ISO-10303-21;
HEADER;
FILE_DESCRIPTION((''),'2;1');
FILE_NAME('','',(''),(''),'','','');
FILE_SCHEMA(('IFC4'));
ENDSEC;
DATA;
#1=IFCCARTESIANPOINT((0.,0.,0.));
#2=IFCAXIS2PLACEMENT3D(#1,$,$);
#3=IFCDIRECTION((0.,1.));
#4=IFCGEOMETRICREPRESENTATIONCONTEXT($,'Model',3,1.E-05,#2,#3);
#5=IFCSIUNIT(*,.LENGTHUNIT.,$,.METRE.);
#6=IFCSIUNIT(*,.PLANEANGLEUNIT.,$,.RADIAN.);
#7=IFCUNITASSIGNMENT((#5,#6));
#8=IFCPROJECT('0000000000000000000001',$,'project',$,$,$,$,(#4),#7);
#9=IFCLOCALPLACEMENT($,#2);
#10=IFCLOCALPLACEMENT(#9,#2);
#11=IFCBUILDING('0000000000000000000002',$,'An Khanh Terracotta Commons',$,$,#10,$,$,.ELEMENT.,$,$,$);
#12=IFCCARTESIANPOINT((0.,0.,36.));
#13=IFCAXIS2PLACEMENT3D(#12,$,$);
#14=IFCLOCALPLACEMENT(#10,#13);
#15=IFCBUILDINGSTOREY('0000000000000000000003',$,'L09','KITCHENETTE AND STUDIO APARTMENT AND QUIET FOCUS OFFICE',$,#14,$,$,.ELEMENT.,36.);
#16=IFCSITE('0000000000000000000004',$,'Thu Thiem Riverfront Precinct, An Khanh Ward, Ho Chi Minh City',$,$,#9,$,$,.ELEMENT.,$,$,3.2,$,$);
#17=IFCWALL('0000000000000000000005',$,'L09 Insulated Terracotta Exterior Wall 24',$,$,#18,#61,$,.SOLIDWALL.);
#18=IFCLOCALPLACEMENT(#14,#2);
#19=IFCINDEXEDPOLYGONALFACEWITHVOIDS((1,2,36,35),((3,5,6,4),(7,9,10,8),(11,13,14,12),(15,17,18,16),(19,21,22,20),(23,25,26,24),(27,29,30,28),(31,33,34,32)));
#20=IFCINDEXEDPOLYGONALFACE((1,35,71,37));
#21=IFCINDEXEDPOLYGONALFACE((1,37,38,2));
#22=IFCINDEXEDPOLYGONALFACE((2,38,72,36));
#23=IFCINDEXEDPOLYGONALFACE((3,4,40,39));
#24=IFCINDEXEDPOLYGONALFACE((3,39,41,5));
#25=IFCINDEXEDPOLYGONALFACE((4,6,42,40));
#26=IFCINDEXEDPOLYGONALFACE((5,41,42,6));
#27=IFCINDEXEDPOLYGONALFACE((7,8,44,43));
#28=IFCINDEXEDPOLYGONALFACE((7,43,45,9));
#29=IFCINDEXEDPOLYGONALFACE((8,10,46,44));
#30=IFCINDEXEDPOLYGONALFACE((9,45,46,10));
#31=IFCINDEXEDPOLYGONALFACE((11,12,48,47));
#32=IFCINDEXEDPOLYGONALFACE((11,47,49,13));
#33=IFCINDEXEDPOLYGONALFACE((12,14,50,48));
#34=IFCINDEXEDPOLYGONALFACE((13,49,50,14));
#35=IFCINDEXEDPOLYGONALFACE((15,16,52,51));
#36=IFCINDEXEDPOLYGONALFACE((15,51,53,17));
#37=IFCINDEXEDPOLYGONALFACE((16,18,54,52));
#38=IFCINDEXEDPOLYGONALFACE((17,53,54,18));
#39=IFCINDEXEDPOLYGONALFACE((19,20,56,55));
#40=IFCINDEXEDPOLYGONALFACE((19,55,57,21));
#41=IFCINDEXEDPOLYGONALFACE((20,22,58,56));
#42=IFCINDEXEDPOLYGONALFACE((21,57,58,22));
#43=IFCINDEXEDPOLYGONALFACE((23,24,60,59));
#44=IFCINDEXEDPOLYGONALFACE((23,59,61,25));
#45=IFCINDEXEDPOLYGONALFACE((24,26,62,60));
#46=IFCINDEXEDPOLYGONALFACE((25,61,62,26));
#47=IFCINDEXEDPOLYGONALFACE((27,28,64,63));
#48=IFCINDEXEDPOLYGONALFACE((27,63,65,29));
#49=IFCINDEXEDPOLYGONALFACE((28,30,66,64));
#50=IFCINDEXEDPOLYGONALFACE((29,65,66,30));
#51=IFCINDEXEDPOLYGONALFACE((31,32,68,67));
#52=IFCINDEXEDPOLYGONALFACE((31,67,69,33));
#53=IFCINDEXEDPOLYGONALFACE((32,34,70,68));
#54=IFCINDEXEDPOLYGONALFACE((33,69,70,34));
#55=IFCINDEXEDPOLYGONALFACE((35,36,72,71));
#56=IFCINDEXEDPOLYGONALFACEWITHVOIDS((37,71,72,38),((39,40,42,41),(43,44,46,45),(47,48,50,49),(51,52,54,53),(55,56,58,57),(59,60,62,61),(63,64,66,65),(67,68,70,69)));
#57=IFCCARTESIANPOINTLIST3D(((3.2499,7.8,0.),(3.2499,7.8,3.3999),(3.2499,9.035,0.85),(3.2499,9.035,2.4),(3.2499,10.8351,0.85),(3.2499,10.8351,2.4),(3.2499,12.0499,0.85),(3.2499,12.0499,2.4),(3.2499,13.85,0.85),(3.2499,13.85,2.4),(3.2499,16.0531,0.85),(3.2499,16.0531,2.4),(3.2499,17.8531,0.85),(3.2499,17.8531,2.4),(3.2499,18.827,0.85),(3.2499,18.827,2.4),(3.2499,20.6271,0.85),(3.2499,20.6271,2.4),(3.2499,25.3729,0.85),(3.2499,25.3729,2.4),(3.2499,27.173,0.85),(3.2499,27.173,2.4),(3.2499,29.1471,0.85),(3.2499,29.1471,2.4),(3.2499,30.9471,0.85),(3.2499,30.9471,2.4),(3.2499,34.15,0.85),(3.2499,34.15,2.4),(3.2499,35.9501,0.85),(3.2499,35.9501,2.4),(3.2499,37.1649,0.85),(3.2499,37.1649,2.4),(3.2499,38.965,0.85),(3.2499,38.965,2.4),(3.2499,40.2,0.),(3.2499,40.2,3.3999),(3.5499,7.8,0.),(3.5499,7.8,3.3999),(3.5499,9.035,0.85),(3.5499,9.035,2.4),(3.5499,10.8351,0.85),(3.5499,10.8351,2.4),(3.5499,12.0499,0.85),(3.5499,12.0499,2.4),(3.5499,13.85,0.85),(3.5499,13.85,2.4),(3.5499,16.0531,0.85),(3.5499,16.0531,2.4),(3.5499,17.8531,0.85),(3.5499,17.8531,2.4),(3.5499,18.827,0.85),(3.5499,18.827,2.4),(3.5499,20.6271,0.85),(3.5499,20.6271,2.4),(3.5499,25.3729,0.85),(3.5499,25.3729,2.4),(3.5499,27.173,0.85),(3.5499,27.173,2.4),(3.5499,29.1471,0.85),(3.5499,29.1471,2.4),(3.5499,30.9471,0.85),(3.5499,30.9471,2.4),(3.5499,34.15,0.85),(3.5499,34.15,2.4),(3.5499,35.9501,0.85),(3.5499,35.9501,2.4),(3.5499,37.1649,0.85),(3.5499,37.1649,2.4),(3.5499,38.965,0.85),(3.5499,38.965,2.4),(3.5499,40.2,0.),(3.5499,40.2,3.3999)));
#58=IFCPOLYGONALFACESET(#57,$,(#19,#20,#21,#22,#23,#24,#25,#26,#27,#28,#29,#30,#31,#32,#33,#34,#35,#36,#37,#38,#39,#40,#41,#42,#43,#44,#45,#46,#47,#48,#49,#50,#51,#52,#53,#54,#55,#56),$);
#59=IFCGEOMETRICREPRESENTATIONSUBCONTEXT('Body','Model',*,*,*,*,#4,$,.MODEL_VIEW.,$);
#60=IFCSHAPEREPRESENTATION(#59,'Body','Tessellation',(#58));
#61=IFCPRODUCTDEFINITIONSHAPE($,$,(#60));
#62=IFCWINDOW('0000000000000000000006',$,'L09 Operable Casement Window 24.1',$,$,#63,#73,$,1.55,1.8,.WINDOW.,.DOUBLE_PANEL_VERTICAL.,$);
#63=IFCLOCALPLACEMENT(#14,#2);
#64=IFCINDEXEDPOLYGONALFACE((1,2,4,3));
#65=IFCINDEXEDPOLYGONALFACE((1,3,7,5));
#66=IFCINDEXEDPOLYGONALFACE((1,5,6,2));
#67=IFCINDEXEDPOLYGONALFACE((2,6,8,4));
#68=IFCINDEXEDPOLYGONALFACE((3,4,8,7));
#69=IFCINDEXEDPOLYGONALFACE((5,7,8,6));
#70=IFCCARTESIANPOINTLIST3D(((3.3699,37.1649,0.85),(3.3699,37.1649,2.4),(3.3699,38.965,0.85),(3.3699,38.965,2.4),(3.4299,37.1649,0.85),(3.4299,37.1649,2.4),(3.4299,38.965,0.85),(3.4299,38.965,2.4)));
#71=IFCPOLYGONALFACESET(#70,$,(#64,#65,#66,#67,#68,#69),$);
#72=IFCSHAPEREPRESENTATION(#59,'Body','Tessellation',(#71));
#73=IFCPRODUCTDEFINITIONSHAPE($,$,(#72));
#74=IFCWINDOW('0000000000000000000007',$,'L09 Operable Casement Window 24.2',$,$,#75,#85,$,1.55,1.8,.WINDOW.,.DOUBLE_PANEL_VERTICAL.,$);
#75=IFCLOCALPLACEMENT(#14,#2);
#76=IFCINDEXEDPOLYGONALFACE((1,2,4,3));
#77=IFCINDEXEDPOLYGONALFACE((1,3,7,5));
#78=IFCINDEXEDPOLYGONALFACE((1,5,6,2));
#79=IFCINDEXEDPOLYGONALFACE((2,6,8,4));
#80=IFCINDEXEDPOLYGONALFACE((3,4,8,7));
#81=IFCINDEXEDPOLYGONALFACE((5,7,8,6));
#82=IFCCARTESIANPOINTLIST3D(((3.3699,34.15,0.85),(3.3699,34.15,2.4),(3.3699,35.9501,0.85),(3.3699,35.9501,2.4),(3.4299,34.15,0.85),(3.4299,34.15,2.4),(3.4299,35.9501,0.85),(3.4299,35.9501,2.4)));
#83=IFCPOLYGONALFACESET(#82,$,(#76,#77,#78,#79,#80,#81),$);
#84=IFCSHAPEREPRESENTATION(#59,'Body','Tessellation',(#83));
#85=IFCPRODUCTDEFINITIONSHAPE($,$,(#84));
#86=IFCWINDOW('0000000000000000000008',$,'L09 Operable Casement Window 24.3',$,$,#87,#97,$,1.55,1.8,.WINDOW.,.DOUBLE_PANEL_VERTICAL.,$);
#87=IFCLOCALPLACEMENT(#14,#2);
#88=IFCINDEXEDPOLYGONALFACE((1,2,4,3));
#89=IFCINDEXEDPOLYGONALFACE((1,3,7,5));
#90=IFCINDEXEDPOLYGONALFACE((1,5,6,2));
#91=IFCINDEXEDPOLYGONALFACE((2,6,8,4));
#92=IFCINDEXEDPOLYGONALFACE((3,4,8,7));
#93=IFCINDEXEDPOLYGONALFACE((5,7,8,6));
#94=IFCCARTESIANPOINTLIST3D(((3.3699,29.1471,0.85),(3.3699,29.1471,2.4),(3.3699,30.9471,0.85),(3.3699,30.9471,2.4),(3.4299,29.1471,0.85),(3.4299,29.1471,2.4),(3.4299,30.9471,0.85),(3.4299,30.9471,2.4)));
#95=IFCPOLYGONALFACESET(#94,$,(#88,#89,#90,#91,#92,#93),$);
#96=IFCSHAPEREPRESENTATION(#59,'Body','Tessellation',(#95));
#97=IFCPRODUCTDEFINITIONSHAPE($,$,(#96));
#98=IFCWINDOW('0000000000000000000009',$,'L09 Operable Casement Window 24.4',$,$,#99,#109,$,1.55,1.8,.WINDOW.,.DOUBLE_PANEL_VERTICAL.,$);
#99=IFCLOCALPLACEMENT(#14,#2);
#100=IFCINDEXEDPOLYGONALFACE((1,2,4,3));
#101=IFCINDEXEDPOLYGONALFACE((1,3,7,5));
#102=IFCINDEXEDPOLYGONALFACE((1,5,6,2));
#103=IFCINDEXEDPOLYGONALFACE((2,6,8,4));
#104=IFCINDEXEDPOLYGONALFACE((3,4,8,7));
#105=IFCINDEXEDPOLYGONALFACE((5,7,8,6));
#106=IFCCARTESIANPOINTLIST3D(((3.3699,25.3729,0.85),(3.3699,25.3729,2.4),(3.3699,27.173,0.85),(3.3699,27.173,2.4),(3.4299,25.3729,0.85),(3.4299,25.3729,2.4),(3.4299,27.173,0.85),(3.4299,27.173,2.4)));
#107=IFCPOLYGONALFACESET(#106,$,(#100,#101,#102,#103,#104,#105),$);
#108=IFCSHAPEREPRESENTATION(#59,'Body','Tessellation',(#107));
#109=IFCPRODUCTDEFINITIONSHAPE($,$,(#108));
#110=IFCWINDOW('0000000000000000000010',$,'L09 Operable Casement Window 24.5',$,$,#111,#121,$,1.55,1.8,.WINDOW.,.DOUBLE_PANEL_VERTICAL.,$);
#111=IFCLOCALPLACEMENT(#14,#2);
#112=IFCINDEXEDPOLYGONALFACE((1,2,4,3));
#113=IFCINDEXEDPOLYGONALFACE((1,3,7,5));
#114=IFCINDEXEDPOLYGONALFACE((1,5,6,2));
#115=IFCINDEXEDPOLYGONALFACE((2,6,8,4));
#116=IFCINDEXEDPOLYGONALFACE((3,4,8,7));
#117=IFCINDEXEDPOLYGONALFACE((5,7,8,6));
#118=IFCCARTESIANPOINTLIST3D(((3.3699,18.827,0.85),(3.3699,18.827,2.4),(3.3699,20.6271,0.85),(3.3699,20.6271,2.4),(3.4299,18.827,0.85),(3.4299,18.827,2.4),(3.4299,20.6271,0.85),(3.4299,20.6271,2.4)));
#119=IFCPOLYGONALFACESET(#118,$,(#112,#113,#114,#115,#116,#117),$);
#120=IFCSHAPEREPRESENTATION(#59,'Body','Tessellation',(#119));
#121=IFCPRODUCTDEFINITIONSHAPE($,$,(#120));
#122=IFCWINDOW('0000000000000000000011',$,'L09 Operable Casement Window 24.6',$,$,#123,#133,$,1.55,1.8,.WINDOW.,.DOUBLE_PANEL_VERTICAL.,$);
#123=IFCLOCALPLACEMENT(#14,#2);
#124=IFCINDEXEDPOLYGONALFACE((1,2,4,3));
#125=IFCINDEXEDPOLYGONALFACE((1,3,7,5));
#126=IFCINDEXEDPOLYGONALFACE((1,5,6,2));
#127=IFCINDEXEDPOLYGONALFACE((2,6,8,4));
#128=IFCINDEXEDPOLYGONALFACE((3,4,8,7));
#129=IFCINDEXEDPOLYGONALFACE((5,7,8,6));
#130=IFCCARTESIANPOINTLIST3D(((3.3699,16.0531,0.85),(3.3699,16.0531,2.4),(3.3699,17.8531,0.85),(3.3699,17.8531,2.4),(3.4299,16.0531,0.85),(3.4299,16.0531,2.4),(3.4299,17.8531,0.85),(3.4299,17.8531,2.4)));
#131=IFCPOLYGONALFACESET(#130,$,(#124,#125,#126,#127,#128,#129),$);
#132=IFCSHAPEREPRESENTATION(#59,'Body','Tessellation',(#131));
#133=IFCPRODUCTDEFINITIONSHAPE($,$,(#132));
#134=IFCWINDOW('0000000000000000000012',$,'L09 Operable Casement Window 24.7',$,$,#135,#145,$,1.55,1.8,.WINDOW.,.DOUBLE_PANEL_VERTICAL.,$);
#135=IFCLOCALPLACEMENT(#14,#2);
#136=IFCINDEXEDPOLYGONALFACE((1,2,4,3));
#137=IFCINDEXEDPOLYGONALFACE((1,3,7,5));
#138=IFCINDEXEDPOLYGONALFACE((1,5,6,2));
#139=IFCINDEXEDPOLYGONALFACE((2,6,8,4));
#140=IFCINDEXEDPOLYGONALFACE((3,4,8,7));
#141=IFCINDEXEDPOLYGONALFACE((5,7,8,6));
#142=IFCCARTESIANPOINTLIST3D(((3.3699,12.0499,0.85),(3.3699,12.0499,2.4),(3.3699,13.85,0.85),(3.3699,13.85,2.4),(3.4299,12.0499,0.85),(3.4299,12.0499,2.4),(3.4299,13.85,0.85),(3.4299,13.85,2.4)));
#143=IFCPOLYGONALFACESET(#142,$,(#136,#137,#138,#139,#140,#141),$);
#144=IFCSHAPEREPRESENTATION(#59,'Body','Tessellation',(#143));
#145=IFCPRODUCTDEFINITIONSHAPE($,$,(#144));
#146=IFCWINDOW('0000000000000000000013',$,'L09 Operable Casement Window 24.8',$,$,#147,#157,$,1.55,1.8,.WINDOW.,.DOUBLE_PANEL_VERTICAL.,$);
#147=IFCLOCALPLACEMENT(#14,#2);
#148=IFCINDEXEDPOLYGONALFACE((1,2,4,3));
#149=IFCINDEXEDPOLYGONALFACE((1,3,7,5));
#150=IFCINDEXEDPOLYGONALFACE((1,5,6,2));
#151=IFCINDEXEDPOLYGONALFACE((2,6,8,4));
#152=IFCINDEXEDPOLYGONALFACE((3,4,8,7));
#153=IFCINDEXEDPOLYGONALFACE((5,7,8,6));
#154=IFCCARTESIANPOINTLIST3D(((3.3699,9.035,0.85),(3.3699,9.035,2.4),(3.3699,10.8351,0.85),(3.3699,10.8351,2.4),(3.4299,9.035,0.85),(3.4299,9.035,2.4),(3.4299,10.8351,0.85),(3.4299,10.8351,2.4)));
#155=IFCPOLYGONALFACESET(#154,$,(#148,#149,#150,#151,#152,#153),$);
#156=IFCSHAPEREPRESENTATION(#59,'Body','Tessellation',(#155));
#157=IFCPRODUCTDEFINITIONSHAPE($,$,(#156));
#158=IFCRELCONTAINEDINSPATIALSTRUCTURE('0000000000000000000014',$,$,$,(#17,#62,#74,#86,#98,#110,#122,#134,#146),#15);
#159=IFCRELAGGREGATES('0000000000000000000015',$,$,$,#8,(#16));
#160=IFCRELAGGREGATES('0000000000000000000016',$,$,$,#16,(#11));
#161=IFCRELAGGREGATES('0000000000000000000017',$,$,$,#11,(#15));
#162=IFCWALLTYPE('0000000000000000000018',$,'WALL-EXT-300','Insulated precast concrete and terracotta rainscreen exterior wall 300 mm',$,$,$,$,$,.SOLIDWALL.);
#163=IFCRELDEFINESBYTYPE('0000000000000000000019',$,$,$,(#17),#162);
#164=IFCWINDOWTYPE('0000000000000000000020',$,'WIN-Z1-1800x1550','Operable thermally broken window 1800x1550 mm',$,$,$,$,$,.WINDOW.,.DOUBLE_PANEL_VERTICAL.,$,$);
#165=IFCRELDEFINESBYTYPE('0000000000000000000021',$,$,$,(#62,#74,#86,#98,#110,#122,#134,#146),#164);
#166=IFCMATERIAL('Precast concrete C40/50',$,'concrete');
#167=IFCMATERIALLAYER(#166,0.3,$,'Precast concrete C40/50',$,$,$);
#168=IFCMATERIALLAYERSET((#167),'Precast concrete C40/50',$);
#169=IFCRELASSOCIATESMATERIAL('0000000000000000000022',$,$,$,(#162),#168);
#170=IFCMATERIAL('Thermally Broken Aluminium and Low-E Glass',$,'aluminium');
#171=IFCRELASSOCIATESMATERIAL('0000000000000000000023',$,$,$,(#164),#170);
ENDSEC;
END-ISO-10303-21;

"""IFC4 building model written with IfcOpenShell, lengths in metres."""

from ifc_helpers import new_model, si_unit, direction, frame, frame_2d, origin, place, context, subcontext, project, spatial, rectangle, extrude, material, layer, layer_set, type_object, element, fill, save


model = new_model("IFC4")

# Units and contexts
model_context = context("Model", 3, precision=1e-05, world=origin(), true_north=direction((0.0, 1.0)))
body_context = subcontext(model_context, "Body", "Model", "MODEL_VIEW")
ifc_project = project(units=[si_unit("LENGTHUNIT", "METRE"), si_unit("PLANEANGLEUNIT", "RADIAN")], contexts=[model_context])

# Site, building, storey
site_placement = place(None, origin())
site = spatial("IfcSite", under=ifc_project, at=site_placement, Name="Thu Thiem Riverfront Precinct, An Khanh Ward, Ho Chi Minh City", CompositionType="ELEMENT", RefElevation=3.2)
building_placement = place(site_placement, origin())
building = spatial("IfcBuilding", under=site, at=building_placement, Name="An Khanh Terracotta Commons", CompositionType="ELEMENT")
storey_placement = place(building_placement, frame((0.0, 0.0, 36.0)))
storey = spatial("IfcBuildingStorey", under=building, at=storey_placement, Name="L09", Description="KITCHENETTE AND STUDIO APARTMENT AND QUIET FOCUS OFFICE", CompositionType="ELEMENT", Elevation=36.0)

# Shared definitions
ifc_material_1 = material(Name="Precast concrete C40/50", Category="concrete")
ifc_layer_1 = layer(ifc_material_1, 0.3, Name="Precast concrete C40/50")
ifc_layer_set_1 = layer_set([ifc_layer_1], Name="Precast concrete C40/50")
wall_type_1 = type_object("IfcWallType", Name="WALL-EXT-300", Description="Insulated precast concrete and terracotta rainscreen exterior wall 300 mm", PredefinedType="SOLIDWALL", material=ifc_layer_set_1)

# Wall, openings, windows
wall_1_placement = place(storey_placement, frame((3.3999, 40.2, 0.0), z_axis=(0.0, 0.0, 1.0), x_axis=(0.0, -1.0, 0.0)))
wall_1 = element("IfcWall", 1, at=wall_1_placement, inside=storey, type_object=wall_type_1, Name="L09 Insulated Terracotta Exterior Wall 24", PredefinedType="SOLIDWALL", context=body_context, shape_type="SweptSolid", body=[
    extrude(rectangle(XDim=32.3999, YDim=0.3, at=frame_2d((16.2, 0.0))), origin(), (0.0, 0.0, 1.0), 3.3999),
])
opening_1_placement = place(wall_1_placement, frame((1.2351, 0.0, 0.8501)))
opening_1 = element("IfcOpeningElement", 2, at=opening_1_placement, cuts=wall_1, PredefinedType="OPENING", context=body_context, shape_type="SweptSolid", body=[
    extrude(rectangle(XDim=1.8, YDim=1.55, at=frame_2d((0.8999, 0.7749))), frame((0.0, 0.1599, 0.0), z_axis=(0.0, -1.0, 0.0), x_axis=(1.0, 0.0, 0.0)), (0.0, 0.0, 1.0), 0.3201),
])
opening_2_placement = place(wall_1_placement, frame((4.25, 0.0, 0.8501)))
opening_2 = element("IfcOpeningElement", 3, at=opening_2_placement, cuts=wall_1, PredefinedType="OPENING", context=body_context, shape_type="SweptSolid", body=[
    extrude(rectangle(XDim=1.8, YDim=1.55, at=frame_2d((0.8999, 0.7749))), frame((0.0, 0.1599, 0.0), z_axis=(0.0, -1.0, 0.0), x_axis=(1.0, 0.0, 0.0)), (0.0, 0.0, 1.0), 0.3201),
])
opening_3_placement = place(wall_1_placement, frame((9.2529, 0.0, 0.8501)))
opening_3 = element("IfcOpeningElement", 4, at=opening_3_placement, cuts=wall_1, PredefinedType="OPENING", context=body_context, shape_type="SweptSolid", body=[
    extrude(rectangle(XDim=1.8, YDim=1.55, at=frame_2d((0.8999, 0.7749))), frame((0.0, 0.1599, 0.0), z_axis=(0.0, -1.0, 0.0), x_axis=(1.0, 0.0, 0.0)), (0.0, 0.0, 1.0), 0.3201),
])
opening_4_placement = place(wall_1_placement, frame((13.0271, 0.0, 0.8501)))
opening_4 = element("IfcOpeningElement", 5, at=opening_4_placement, cuts=wall_1, PredefinedType="OPENING", context=body_context, shape_type="SweptSolid", body=[
    extrude(rectangle(XDim=1.8, YDim=1.55, at=frame_2d((0.8999, 0.7749))), frame((0.0, 0.1599, 0.0), z_axis=(0.0, -1.0, 0.0), x_axis=(1.0, 0.0, 0.0)), (0.0, 0.0, 1.0), 0.3201),
])
opening_5_placement = place(wall_1_placement, frame((19.573, 0.0, 0.8501)))
opening_5 = element("IfcOpeningElement", 6, at=opening_5_placement, cuts=wall_1, PredefinedType="OPENING", context=body_context, shape_type="SweptSolid", body=[
    extrude(rectangle(XDim=1.8, YDim=1.55, at=frame_2d((0.8999, 0.7749))), frame((0.0, 0.1599, 0.0), z_axis=(0.0, -1.0, 0.0), x_axis=(1.0, 0.0, 0.0)), (0.0, 0.0, 1.0), 0.3201),
])
opening_6_placement = place(wall_1_placement, frame((22.3469, 0.0, 0.8501)))
opening_6 = element("IfcOpeningElement", 7, at=opening_6_placement, cuts=wall_1, PredefinedType="OPENING", context=body_context, shape_type="SweptSolid", body=[
    extrude(rectangle(XDim=1.8, YDim=1.55, at=frame_2d((0.8999, 0.7749))), frame((0.0, 0.1599, 0.0), z_axis=(0.0, -1.0, 0.0), x_axis=(1.0, 0.0, 0.0)), (0.0, 0.0, 1.0), 0.3201),
])
opening_7_placement = place(wall_1_placement, frame((26.3501, 0.0, 0.8501)))
opening_7 = element("IfcOpeningElement", 8, at=opening_7_placement, cuts=wall_1, PredefinedType="OPENING", context=body_context, shape_type="SweptSolid", body=[
    extrude(rectangle(XDim=1.8, YDim=1.55, at=frame_2d((0.8999, 0.7749))), frame((0.0, 0.1599, 0.0), z_axis=(0.0, -1.0, 0.0), x_axis=(1.0, 0.0, 0.0)), (0.0, 0.0, 1.0), 0.3201),
])
opening_8_placement = place(wall_1_placement, frame((29.365, 0.0, 0.8501)))
opening_8 = element("IfcOpeningElement", 9, at=opening_8_placement, cuts=wall_1, PredefinedType="OPENING", context=body_context, shape_type="SweptSolid", body=[
    extrude(rectangle(XDim=1.8, YDim=1.55, at=frame_2d((0.8999, 0.7749))), frame((0.0, 0.1599, 0.0), z_axis=(0.0, -1.0, 0.0), x_axis=(1.0, 0.0, 0.0)), (0.0, 0.0, 1.0), 0.3201),
])
ifc_material_2 = material(Name="Thermally Broken Aluminium and Low-E Glass", Category="aluminium")
window_type = type_object("IfcWindowType", Name="WIN-Z1-1800x1550", Description="Operable thermally broken window 1800x1550 mm", PartitioningType="DOUBLE_PANEL_VERTICAL", PredefinedType="WINDOW", material=ifc_material_2)
window_1_placement = place(opening_1_placement, origin())
window_1 = element("IfcWindow", 10, at=window_1_placement, inside=storey, type_object=window_type, Name="L09 Operable Casement Window 24.1", OverallHeight=1.55, OverallWidth=1.8, PartitioningType="DOUBLE_PANEL_VERTICAL", PredefinedType="WINDOW", context=body_context, shape_type="SweptSolid", body=[
    extrude(rectangle(XDim=1.8, YDim=1.55, at=frame_2d((0.8999, 0.7749))), frame((0.0, 0.03, 0.0), z_axis=(0.0, -1.0, 0.0), x_axis=(1.0, 0.0, 0.0)), (0.0, 0.0, 1.0), 0.0601),
])
fill(opening_1, window_1)
window_2_placement = place(opening_2_placement, origin())
window_2 = element("IfcWindow", 11, at=window_2_placement, inside=storey, type_object=window_type, Name="L09 Operable Casement Window 24.2", OverallHeight=1.55, OverallWidth=1.8, PartitioningType="DOUBLE_PANEL_VERTICAL", PredefinedType="WINDOW", context=body_context, shape_type="SweptSolid", body=[
    extrude(rectangle(XDim=1.8, YDim=1.55, at=frame_2d((0.8999, 0.7749))), frame((0.0, 0.03, 0.0), z_axis=(0.0, -1.0, 0.0), x_axis=(1.0, 0.0, 0.0)), (0.0, 0.0, 1.0), 0.0601),
])
fill(opening_2, window_2)
window_3_placement = place(opening_3_placement, origin())
window_3 = element("IfcWindow", 12, at=window_3_placement, inside=storey, type_object=window_type, Name="L09 Operable Casement Window 24.3", OverallHeight=1.55, OverallWidth=1.8, PartitioningType="DOUBLE_PANEL_VERTICAL", PredefinedType="WINDOW", context=body_context, shape_type="SweptSolid", body=[
    extrude(rectangle(XDim=1.8, YDim=1.55, at=frame_2d((0.8999, 0.7749))), frame((0.0, 0.03, 0.0), z_axis=(0.0, -1.0, 0.0), x_axis=(1.0, 0.0, 0.0)), (0.0, 0.0, 1.0), 0.0601),
])
fill(opening_3, window_3)
window_4_placement = place(opening_4_placement, origin())
window_4 = element("IfcWindow", 13, at=window_4_placement, inside=storey, type_object=window_type, Name="L09 Operable Casement Window 24.4", OverallHeight=1.55, OverallWidth=1.8, PartitioningType="DOUBLE_PANEL_VERTICAL", PredefinedType="WINDOW", context=body_context, shape_type="SweptSolid", body=[
    extrude(rectangle(XDim=1.8, YDim=1.55, at=frame_2d((0.8999, 0.7749))), frame((0.0, 0.03, 0.0), z_axis=(0.0, -1.0, 0.0), x_axis=(1.0, 0.0, 0.0)), (0.0, 0.0, 1.0), 0.0601),
])
fill(opening_4, window_4)
window_5_placement = place(opening_5_placement, origin())
window_5 = element("IfcWindow", 14, at=window_5_placement, inside=storey, type_object=window_type, Name="L09 Operable Casement Window 24.5", OverallHeight=1.55, OverallWidth=1.8, PartitioningType="DOUBLE_PANEL_VERTICAL", PredefinedType="WINDOW", context=body_context, shape_type="SweptSolid", body=[
    extrude(rectangle(XDim=1.8, YDim=1.55, at=frame_2d((0.8999, 0.7749))), frame((0.0, 0.03, 0.0), z_axis=(0.0, -1.0, 0.0), x_axis=(1.0, 0.0, 0.0)), (0.0, 0.0, 1.0), 0.0601),
])
fill(opening_5, window_5)
window_6_placement = place(opening_6_placement, origin())
window_6 = element("IfcWindow", 15, at=window_6_placement, inside=storey, type_object=window_type, Name="L09 Operable Casement Window 24.6", OverallHeight=1.55, OverallWidth=1.8, PartitioningType="DOUBLE_PANEL_VERTICAL", PredefinedType="WINDOW", context=body_context, shape_type="SweptSolid", body=[
    extrude(rectangle(XDim=1.8, YDim=1.55, at=frame_2d((0.8999, 0.7749))), frame((0.0, 0.03, 0.0), z_axis=(0.0, -1.0, 0.0), x_axis=(1.0, 0.0, 0.0)), (0.0, 0.0, 1.0), 0.0601),
])
fill(opening_6, window_6)
window_7_placement = place(opening_7_placement, origin())
window_7 = element("IfcWindow", 16, at=window_7_placement, inside=storey, type_object=window_type, Name="L09 Operable Casement Window 24.7", OverallHeight=1.55, OverallWidth=1.8, PartitioningType="DOUBLE_PANEL_VERTICAL", PredefinedType="WINDOW", context=body_context, shape_type="SweptSolid", body=[
    extrude(rectangle(XDim=1.8, YDim=1.55, at=frame_2d((0.8999, 0.7749))), frame((0.0, 0.03, 0.0), z_axis=(0.0, -1.0, 0.0), x_axis=(1.0, 0.0, 0.0)), (0.0, 0.0, 1.0), 0.0601),
])
fill(opening_7, window_7)
window_8_placement = place(opening_8_placement, origin())
window_8 = element("IfcWindow", 17, at=window_8_placement, inside=storey, type_object=window_type, Name="L09 Operable Casement Window 24.8", OverallHeight=1.55, OverallWidth=1.8, PartitioningType="DOUBLE_PANEL_VERTICAL", PredefinedType="WINDOW", context=body_context, shape_type="SweptSolid", body=[
    extrude(rectangle(XDim=1.8, YDim=1.55, at=frame_2d((0.8999, 0.7749))), frame((0.0, 0.03, 0.0), z_axis=(0.0, -1.0, 0.0), x_axis=(1.0, 0.0, 0.0)), (0.0, 0.0, 1.0), 0.0601),
])
fill(opening_8, window_8)

save(model, "model.ifc")
